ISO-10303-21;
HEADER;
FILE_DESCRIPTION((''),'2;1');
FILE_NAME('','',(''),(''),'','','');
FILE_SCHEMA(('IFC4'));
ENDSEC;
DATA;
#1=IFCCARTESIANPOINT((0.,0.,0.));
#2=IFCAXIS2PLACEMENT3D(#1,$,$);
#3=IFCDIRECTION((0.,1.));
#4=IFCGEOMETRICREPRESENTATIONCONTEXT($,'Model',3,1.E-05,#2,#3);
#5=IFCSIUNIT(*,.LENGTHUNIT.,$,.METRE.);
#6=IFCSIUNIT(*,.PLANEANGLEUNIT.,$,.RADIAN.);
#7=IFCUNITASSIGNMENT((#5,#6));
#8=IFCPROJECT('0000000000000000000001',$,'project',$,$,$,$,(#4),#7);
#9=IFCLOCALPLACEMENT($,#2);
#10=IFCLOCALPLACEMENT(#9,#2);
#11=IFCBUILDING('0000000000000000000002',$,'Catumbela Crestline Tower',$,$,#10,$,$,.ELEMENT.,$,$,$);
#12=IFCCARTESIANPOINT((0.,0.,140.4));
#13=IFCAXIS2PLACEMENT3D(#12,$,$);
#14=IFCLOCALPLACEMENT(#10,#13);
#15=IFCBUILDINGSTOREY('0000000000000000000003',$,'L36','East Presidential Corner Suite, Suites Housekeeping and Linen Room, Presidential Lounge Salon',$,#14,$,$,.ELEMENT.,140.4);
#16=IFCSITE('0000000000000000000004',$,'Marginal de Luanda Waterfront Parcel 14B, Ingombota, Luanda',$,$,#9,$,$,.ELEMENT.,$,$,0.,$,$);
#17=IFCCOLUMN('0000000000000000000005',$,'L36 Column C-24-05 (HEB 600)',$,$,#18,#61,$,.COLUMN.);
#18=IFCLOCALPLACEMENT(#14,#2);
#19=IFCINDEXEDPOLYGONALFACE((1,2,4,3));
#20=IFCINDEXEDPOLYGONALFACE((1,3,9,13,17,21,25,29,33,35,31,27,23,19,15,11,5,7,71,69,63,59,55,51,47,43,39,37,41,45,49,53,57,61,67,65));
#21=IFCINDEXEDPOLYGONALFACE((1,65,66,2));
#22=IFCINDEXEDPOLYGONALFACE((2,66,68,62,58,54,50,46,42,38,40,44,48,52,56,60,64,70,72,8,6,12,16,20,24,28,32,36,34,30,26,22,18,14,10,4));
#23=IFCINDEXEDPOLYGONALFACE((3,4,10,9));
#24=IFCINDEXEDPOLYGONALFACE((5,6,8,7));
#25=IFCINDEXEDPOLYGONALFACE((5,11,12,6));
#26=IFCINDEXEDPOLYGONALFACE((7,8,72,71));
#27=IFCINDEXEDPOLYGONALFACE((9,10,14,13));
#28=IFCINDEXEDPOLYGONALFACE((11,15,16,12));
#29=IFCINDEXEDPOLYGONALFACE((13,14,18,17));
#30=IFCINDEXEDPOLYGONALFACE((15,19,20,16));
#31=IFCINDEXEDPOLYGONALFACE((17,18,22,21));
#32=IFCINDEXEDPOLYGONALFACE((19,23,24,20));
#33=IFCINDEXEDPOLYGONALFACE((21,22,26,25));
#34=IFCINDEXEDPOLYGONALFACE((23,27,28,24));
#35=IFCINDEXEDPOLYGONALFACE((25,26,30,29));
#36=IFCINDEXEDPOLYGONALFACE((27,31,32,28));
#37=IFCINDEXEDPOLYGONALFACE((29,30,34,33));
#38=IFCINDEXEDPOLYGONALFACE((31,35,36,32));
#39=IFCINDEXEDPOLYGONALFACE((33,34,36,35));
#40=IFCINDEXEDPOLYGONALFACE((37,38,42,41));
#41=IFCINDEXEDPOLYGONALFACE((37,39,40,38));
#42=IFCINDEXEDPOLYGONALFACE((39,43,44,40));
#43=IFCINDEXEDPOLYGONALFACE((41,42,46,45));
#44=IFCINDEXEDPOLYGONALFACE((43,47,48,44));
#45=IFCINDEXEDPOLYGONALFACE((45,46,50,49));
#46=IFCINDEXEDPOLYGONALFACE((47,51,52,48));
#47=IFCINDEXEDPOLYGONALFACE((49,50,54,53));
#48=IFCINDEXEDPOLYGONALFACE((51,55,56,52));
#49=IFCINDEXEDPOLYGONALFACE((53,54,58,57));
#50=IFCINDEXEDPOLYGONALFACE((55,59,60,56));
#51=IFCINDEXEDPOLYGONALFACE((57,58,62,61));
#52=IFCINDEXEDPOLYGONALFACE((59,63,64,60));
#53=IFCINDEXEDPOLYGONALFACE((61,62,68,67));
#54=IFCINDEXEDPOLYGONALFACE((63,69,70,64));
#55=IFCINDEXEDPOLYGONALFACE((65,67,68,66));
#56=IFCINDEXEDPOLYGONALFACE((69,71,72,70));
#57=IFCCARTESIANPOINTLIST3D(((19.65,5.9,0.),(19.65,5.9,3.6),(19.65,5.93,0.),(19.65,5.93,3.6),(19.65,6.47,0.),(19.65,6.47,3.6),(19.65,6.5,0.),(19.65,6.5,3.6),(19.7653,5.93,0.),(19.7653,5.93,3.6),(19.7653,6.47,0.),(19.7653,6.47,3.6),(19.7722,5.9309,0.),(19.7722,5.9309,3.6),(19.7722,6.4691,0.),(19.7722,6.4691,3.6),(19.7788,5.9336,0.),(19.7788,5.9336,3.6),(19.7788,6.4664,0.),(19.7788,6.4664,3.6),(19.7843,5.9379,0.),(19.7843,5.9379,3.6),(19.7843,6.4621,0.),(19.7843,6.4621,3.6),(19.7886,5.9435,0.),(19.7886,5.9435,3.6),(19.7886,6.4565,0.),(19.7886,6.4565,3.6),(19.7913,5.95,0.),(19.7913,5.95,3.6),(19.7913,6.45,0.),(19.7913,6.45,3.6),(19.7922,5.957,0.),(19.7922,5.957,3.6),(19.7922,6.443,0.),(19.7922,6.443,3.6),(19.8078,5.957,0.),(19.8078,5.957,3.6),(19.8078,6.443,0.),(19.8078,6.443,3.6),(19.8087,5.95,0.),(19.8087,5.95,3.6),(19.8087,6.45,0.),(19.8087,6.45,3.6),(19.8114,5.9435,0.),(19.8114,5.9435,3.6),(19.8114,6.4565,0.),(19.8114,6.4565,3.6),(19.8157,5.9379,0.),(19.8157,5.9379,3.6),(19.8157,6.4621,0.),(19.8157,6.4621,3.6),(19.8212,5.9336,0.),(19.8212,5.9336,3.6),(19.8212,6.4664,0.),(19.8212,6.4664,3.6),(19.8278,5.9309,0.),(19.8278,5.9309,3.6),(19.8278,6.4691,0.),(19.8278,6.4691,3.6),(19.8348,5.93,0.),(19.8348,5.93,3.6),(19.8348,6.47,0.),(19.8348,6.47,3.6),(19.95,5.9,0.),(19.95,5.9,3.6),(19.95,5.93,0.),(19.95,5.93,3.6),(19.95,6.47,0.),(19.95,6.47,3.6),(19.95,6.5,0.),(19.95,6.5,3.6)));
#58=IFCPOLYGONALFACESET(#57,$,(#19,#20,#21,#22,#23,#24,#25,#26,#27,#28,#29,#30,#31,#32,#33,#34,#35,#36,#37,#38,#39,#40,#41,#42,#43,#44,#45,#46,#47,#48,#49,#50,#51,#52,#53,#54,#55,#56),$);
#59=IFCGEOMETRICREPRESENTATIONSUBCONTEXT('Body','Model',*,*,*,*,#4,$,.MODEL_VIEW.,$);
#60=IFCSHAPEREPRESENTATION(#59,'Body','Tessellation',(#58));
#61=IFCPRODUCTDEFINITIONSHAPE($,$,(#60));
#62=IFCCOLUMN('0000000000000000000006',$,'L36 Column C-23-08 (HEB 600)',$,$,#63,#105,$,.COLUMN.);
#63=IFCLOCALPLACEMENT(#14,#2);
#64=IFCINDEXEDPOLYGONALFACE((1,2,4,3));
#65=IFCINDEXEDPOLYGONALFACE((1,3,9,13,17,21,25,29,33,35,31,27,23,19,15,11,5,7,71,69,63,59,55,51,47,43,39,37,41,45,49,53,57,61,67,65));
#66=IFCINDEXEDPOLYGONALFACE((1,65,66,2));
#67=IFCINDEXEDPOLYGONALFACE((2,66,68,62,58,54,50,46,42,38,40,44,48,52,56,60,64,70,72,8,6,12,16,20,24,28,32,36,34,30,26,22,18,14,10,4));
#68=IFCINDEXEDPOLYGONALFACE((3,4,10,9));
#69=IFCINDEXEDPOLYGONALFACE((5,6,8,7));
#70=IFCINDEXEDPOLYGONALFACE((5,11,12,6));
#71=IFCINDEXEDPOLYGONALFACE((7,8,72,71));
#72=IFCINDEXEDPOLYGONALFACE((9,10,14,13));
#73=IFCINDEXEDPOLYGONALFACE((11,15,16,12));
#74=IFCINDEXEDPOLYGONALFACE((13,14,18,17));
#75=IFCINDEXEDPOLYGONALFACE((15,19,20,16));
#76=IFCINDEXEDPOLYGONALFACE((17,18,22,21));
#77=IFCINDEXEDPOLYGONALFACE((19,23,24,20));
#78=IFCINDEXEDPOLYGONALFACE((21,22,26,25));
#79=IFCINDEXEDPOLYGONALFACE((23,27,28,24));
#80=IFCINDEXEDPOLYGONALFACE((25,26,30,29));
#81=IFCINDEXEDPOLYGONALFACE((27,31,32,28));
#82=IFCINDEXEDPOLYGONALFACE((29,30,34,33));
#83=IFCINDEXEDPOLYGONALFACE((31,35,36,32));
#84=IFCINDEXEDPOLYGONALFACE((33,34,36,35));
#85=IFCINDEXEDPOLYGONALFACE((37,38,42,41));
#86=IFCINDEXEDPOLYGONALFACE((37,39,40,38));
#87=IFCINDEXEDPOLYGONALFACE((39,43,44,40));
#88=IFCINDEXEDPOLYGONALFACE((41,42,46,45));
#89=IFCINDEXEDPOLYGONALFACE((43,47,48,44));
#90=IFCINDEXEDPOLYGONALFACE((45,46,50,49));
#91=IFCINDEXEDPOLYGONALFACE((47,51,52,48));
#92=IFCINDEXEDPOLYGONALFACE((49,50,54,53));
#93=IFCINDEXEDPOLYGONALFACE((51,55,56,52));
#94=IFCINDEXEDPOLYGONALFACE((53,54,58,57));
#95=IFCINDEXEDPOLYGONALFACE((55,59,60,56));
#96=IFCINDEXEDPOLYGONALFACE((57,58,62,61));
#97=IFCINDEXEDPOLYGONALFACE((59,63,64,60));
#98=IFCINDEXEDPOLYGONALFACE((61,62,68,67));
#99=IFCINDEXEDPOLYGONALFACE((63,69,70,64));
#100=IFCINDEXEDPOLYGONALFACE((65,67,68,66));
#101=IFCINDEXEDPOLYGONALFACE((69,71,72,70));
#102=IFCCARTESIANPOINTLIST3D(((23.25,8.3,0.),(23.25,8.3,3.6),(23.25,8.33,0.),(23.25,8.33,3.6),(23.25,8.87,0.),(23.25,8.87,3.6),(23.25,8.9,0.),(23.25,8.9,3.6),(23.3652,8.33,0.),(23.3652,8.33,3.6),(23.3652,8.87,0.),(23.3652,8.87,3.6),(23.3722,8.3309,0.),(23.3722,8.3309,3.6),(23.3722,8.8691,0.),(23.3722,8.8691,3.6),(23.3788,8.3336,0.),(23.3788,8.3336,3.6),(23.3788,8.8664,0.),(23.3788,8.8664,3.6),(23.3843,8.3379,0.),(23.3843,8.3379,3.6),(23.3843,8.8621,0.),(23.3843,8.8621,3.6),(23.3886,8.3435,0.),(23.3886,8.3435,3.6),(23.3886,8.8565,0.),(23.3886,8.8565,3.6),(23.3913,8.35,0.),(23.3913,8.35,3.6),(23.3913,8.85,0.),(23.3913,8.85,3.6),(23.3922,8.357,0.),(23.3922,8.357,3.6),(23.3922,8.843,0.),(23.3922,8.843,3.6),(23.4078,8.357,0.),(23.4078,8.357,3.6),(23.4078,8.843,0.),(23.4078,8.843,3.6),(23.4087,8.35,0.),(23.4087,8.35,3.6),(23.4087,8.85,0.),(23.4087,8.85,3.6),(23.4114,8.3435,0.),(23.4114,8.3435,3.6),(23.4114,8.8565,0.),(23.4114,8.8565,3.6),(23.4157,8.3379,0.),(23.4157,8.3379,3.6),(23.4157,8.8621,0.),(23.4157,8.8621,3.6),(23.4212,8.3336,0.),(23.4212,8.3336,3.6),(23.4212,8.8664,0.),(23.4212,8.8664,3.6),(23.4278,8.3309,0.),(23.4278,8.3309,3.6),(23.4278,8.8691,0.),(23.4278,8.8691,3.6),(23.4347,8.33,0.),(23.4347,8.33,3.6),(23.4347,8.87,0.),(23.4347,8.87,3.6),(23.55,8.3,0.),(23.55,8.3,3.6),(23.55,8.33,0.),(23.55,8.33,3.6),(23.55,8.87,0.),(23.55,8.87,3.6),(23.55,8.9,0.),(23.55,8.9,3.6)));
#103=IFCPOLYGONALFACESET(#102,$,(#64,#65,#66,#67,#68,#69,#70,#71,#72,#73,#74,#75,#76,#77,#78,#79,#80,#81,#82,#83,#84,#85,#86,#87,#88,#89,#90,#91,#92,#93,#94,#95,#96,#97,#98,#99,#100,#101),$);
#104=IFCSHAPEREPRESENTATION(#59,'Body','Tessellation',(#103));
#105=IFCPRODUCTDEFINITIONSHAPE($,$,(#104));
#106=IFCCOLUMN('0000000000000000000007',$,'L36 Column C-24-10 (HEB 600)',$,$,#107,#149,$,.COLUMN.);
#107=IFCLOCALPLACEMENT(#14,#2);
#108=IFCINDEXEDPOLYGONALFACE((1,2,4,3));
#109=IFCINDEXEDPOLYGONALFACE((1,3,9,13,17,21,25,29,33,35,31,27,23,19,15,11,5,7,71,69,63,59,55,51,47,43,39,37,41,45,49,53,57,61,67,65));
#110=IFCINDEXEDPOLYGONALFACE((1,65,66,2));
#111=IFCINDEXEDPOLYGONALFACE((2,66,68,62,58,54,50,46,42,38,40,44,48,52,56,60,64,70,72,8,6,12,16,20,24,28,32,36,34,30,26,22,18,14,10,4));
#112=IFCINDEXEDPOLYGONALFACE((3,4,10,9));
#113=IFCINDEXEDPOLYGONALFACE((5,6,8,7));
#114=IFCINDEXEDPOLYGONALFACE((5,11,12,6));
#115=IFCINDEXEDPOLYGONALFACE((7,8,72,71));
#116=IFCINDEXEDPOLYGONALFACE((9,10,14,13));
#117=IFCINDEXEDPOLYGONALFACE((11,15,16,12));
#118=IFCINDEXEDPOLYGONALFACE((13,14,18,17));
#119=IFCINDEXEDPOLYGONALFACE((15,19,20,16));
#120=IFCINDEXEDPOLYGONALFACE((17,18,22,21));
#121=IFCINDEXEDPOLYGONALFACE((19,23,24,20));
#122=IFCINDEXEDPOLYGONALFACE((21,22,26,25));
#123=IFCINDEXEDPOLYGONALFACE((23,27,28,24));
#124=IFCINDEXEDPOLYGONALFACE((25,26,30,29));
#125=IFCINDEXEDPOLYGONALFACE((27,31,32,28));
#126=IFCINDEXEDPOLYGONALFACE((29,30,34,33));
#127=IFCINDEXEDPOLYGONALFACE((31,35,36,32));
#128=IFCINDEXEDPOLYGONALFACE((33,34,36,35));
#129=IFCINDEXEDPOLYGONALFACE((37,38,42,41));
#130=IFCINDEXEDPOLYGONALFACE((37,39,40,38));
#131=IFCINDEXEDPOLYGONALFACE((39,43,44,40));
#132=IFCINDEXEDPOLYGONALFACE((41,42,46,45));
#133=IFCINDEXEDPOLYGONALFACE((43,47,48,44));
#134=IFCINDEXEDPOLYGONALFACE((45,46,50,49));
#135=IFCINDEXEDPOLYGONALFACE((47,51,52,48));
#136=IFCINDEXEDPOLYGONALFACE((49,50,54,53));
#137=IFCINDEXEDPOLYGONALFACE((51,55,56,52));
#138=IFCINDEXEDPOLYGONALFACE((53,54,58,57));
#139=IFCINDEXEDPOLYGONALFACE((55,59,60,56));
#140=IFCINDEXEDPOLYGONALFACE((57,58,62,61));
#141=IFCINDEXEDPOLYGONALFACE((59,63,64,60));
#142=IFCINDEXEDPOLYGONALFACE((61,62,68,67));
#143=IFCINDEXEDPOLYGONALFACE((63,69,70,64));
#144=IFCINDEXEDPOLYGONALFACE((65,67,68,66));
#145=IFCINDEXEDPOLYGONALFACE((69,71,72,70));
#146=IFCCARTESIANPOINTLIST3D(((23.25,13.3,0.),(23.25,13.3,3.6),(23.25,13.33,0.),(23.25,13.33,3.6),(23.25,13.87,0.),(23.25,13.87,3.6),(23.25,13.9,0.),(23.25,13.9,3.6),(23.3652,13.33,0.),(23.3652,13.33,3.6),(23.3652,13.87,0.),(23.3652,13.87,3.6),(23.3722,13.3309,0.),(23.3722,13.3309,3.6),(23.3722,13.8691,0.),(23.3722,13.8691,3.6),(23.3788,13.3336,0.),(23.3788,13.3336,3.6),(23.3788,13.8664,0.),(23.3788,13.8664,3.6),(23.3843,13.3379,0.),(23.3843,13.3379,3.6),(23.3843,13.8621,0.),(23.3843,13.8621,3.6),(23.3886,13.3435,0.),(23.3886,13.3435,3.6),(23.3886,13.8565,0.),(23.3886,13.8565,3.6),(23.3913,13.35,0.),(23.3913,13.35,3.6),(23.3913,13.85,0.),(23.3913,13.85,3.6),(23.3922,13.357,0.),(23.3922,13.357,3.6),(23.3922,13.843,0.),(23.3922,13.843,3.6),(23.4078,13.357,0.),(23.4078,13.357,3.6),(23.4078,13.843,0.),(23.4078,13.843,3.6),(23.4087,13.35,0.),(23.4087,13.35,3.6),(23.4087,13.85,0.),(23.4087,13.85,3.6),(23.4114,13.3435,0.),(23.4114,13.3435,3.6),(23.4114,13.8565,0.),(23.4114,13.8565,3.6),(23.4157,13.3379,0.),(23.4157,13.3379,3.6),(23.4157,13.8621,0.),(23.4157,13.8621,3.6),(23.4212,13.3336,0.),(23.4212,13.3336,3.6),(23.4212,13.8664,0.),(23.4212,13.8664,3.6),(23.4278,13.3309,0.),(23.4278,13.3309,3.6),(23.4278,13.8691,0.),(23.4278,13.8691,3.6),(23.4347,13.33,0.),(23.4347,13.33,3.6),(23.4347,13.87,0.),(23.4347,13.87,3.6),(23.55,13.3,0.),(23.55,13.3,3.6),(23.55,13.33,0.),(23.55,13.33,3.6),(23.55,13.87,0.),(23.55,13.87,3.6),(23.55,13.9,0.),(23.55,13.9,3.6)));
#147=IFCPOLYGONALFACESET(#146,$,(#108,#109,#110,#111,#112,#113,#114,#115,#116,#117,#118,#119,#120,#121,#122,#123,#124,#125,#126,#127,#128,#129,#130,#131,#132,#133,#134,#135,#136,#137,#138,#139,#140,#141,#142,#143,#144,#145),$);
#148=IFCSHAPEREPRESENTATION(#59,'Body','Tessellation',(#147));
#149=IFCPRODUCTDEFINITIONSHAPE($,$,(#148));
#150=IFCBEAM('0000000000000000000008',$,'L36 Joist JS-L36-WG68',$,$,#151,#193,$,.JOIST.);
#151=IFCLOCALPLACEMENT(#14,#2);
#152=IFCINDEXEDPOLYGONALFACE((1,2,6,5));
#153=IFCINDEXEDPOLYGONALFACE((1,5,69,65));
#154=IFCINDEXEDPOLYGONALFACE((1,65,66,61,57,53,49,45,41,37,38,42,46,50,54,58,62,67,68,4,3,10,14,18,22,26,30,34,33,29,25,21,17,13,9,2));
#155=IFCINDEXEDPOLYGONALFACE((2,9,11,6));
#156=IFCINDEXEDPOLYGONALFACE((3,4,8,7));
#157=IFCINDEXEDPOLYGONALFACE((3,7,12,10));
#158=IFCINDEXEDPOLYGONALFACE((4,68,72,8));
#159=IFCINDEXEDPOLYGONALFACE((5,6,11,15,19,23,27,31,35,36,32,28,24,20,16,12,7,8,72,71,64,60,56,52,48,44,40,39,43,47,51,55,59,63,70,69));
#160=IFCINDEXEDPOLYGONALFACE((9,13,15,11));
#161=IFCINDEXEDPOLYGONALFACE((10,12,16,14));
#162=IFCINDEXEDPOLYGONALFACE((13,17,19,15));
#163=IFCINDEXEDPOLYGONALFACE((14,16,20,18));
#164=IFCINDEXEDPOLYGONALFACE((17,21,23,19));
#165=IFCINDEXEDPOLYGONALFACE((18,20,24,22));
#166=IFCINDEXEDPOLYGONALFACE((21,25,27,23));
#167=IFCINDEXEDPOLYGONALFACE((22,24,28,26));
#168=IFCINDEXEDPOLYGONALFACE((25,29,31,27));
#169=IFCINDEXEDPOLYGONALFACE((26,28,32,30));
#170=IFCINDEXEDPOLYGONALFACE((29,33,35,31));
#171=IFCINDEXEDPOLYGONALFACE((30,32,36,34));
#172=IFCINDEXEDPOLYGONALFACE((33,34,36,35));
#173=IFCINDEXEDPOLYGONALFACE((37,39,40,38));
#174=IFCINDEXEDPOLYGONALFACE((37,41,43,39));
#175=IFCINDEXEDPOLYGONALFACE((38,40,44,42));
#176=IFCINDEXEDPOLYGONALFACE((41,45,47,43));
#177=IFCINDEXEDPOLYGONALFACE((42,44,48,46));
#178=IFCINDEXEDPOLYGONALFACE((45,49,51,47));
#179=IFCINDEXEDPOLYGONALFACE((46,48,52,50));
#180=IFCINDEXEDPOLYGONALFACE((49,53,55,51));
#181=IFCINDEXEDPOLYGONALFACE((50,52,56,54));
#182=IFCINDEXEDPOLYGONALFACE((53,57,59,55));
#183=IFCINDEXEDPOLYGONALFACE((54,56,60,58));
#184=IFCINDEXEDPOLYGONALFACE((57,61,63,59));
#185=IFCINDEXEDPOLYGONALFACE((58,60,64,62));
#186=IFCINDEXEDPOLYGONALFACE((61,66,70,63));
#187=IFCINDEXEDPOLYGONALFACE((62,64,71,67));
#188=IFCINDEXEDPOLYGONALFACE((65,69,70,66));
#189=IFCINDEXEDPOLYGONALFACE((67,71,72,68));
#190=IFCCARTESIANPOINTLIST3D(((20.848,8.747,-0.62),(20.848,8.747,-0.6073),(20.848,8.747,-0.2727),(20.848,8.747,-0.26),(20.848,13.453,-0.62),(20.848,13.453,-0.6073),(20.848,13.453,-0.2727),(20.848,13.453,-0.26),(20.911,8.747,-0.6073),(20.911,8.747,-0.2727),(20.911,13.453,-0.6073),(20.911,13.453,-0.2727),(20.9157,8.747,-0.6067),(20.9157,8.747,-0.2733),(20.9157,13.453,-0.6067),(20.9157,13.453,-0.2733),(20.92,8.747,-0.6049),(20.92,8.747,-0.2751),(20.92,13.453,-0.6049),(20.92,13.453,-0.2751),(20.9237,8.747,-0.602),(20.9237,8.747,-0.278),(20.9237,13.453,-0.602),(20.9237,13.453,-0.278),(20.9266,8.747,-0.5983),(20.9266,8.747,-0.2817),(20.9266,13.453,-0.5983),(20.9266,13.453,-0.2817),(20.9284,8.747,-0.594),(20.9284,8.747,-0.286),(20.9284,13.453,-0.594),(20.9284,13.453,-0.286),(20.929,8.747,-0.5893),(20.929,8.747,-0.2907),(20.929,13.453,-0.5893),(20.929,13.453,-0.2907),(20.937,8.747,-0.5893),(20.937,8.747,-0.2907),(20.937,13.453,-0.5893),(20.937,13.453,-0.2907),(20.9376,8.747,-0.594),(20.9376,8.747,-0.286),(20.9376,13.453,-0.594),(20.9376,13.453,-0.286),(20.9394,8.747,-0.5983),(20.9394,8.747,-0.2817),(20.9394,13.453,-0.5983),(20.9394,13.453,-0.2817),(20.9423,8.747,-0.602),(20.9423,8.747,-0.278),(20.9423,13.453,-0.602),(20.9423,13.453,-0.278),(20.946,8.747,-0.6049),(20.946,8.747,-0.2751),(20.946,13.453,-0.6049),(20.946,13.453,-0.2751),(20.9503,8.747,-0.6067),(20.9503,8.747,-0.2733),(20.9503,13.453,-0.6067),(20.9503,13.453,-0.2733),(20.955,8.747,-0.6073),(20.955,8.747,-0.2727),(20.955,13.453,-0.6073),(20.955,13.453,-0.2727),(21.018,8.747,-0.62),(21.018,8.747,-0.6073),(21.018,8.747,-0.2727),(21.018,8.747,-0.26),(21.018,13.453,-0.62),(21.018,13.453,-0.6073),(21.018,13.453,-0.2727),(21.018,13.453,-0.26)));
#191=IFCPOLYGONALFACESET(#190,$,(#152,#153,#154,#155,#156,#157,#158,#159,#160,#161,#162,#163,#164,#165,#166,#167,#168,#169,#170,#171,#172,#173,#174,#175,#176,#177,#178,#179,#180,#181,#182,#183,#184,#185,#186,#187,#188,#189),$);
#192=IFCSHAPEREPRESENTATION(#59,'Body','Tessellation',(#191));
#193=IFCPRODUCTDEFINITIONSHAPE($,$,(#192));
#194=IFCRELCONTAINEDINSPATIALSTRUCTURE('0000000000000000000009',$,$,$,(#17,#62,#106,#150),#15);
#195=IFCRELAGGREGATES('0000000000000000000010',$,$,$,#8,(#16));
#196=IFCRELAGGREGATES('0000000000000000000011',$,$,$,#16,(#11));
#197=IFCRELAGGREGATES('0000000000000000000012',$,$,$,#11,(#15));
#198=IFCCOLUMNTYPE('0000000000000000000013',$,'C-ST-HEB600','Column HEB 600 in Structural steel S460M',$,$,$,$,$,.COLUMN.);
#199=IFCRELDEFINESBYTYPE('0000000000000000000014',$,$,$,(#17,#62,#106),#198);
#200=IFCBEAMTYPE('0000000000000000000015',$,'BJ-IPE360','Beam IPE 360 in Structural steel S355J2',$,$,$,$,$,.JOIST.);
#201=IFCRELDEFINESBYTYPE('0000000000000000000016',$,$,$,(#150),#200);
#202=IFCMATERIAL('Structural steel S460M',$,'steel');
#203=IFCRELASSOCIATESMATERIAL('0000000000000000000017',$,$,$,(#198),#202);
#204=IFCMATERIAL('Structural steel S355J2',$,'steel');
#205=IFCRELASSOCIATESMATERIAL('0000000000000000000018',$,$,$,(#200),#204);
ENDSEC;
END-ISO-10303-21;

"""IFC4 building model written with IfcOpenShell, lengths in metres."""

from ifc_helpers import new_model, si_unit, direction, frame, origin, origin_2d, place, context, subcontext, project, spatial, i_section, extrude, material, material_profile, profile_set, type_object, element, save


model = new_model("IFC4")

# Units and contexts
model_context = context("Model", 3, precision=1e-05, world=origin(), true_north=direction((0.0, 1.0)))
body_context = subcontext(model_context, "Body", "Model", "MODEL_VIEW")
ifc_project = project(units=[si_unit("LENGTHUNIT", "METRE"), si_unit("PLANEANGLEUNIT", "RADIAN")], contexts=[model_context])

# Site, building, storey
site_placement = place(None, origin())
site = spatial("IfcSite", under=ifc_project, at=site_placement, Name="Marginal de Luanda Waterfront Parcel 14B, Ingombota, Luanda", CompositionType="ELEMENT", RefElevation=0.0)
building_placement = place(site_placement, origin())
building = spatial("IfcBuilding", under=site, at=building_placement, Name="Catumbela Crestline Tower", CompositionType="ELEMENT")
storey_placement = place(building_placement, frame((0.0, 0.0, 140.4)))
storey = spatial("IfcBuildingStorey", under=building, at=storey_placement, Name="L36", Description="East Presidential Corner Suite, Suites Housekeeping and Linen Room, Presidential Lounge Salon", CompositionType="ELEMENT", Elevation=140.4)

# Columns
ifc_material_1 = material(Name="Structural steel S460M", Category="steel")
ifc_material_profile_1 = material_profile(ifc_material_1, i_section(OverallWidth=0.3, OverallDepth=0.6, WebThickness=0.0155, FlangeThickness=0.03, FilletRadius=0.027, at=origin_2d()), Name="HEB 600")
ifc_profile_set_1 = profile_set([ifc_material_profile_1], Name="Structural steel S460M")
column_type = type_object("IfcColumnType", Name="C-ST-HEB600", Description="Column HEB 600 in Structural steel S460M", PredefinedType="COLUMN", material=ifc_profile_set_1)
for number, where, z_axis, x_axis, name in (
    (1, (19.8, 6.2, 0.0), (0.0, 0.0, 1.0), (1.0, 0.0, 0.0), "L36 Column C-24-05 (HEB 600)"),
    (2, (23.4, 8.6, 0.0), (0.0, 0.0, 1.0), (1.0, 0.0, 0.0), "L36 Column C-23-08 (HEB 600)"),
    (3, (23.4, 13.6, 0.0), (0.0, 0.0, 1.0), (1.0, 0.0, 0.0), "L36 Column C-24-10 (HEB 600)"),
):
    element("IfcColumn", number, at=place(storey_placement, frame(where, z_axis=z_axis, x_axis=x_axis)), inside=storey, type_object=column_type, Name=name, PredefinedType="COLUMN", context=body_context, shape_type="SweptSolid", body=[
        extrude(i_section(OverallWidth=0.3, OverallDepth=0.6, WebThickness=0.0155, FlangeThickness=0.03, FilletRadius=0.027, at=origin_2d()), origin(), (0.0, 0.0, 1.0), 3.6),
    ])

# Beam
ifc_material_2 = material(Name="Structural steel S355J2", Category="steel")
ifc_material_profile_2 = material_profile(ifc_material_2, i_section(OverallWidth=0.17, OverallDepth=0.36, WebThickness=0.008, FlangeThickness=0.0127, FilletRadius=0.018, at=origin_2d()), Name="IPE 360")
ifc_profile_set_2 = profile_set([ifc_material_profile_2], Name="Structural steel S355J2")
beam_type_1 = type_object("IfcBeamType", Name="BJ-IPE360", Description="Beam IPE 360 in Structural steel S355J2", PredefinedType="JOIST", material=ifc_profile_set_2)
beam_1_placement = place(storey_placement, frame((20.933, 8.747, -0.44), z_axis=(0.0, 1.0, 0.0), x_axis=(-1.0, 0.0, 0.0)))
element("IfcBeam", 4, at=beam_1_placement, inside=storey, type_object=beam_type_1, Name="L36 Joist JS-L36-WG68", PredefinedType="JOIST", context=body_context, shape_type="SweptSolid", body=[
    extrude(i_section(OverallWidth=0.17, OverallDepth=0.36, WebThickness=0.008, FlangeThickness=0.0127, FilletRadius=0.018, at=origin_2d()), origin(), (0.0, 0.0, 1.0), 4.706),
])

save(model, "model.ifc")
